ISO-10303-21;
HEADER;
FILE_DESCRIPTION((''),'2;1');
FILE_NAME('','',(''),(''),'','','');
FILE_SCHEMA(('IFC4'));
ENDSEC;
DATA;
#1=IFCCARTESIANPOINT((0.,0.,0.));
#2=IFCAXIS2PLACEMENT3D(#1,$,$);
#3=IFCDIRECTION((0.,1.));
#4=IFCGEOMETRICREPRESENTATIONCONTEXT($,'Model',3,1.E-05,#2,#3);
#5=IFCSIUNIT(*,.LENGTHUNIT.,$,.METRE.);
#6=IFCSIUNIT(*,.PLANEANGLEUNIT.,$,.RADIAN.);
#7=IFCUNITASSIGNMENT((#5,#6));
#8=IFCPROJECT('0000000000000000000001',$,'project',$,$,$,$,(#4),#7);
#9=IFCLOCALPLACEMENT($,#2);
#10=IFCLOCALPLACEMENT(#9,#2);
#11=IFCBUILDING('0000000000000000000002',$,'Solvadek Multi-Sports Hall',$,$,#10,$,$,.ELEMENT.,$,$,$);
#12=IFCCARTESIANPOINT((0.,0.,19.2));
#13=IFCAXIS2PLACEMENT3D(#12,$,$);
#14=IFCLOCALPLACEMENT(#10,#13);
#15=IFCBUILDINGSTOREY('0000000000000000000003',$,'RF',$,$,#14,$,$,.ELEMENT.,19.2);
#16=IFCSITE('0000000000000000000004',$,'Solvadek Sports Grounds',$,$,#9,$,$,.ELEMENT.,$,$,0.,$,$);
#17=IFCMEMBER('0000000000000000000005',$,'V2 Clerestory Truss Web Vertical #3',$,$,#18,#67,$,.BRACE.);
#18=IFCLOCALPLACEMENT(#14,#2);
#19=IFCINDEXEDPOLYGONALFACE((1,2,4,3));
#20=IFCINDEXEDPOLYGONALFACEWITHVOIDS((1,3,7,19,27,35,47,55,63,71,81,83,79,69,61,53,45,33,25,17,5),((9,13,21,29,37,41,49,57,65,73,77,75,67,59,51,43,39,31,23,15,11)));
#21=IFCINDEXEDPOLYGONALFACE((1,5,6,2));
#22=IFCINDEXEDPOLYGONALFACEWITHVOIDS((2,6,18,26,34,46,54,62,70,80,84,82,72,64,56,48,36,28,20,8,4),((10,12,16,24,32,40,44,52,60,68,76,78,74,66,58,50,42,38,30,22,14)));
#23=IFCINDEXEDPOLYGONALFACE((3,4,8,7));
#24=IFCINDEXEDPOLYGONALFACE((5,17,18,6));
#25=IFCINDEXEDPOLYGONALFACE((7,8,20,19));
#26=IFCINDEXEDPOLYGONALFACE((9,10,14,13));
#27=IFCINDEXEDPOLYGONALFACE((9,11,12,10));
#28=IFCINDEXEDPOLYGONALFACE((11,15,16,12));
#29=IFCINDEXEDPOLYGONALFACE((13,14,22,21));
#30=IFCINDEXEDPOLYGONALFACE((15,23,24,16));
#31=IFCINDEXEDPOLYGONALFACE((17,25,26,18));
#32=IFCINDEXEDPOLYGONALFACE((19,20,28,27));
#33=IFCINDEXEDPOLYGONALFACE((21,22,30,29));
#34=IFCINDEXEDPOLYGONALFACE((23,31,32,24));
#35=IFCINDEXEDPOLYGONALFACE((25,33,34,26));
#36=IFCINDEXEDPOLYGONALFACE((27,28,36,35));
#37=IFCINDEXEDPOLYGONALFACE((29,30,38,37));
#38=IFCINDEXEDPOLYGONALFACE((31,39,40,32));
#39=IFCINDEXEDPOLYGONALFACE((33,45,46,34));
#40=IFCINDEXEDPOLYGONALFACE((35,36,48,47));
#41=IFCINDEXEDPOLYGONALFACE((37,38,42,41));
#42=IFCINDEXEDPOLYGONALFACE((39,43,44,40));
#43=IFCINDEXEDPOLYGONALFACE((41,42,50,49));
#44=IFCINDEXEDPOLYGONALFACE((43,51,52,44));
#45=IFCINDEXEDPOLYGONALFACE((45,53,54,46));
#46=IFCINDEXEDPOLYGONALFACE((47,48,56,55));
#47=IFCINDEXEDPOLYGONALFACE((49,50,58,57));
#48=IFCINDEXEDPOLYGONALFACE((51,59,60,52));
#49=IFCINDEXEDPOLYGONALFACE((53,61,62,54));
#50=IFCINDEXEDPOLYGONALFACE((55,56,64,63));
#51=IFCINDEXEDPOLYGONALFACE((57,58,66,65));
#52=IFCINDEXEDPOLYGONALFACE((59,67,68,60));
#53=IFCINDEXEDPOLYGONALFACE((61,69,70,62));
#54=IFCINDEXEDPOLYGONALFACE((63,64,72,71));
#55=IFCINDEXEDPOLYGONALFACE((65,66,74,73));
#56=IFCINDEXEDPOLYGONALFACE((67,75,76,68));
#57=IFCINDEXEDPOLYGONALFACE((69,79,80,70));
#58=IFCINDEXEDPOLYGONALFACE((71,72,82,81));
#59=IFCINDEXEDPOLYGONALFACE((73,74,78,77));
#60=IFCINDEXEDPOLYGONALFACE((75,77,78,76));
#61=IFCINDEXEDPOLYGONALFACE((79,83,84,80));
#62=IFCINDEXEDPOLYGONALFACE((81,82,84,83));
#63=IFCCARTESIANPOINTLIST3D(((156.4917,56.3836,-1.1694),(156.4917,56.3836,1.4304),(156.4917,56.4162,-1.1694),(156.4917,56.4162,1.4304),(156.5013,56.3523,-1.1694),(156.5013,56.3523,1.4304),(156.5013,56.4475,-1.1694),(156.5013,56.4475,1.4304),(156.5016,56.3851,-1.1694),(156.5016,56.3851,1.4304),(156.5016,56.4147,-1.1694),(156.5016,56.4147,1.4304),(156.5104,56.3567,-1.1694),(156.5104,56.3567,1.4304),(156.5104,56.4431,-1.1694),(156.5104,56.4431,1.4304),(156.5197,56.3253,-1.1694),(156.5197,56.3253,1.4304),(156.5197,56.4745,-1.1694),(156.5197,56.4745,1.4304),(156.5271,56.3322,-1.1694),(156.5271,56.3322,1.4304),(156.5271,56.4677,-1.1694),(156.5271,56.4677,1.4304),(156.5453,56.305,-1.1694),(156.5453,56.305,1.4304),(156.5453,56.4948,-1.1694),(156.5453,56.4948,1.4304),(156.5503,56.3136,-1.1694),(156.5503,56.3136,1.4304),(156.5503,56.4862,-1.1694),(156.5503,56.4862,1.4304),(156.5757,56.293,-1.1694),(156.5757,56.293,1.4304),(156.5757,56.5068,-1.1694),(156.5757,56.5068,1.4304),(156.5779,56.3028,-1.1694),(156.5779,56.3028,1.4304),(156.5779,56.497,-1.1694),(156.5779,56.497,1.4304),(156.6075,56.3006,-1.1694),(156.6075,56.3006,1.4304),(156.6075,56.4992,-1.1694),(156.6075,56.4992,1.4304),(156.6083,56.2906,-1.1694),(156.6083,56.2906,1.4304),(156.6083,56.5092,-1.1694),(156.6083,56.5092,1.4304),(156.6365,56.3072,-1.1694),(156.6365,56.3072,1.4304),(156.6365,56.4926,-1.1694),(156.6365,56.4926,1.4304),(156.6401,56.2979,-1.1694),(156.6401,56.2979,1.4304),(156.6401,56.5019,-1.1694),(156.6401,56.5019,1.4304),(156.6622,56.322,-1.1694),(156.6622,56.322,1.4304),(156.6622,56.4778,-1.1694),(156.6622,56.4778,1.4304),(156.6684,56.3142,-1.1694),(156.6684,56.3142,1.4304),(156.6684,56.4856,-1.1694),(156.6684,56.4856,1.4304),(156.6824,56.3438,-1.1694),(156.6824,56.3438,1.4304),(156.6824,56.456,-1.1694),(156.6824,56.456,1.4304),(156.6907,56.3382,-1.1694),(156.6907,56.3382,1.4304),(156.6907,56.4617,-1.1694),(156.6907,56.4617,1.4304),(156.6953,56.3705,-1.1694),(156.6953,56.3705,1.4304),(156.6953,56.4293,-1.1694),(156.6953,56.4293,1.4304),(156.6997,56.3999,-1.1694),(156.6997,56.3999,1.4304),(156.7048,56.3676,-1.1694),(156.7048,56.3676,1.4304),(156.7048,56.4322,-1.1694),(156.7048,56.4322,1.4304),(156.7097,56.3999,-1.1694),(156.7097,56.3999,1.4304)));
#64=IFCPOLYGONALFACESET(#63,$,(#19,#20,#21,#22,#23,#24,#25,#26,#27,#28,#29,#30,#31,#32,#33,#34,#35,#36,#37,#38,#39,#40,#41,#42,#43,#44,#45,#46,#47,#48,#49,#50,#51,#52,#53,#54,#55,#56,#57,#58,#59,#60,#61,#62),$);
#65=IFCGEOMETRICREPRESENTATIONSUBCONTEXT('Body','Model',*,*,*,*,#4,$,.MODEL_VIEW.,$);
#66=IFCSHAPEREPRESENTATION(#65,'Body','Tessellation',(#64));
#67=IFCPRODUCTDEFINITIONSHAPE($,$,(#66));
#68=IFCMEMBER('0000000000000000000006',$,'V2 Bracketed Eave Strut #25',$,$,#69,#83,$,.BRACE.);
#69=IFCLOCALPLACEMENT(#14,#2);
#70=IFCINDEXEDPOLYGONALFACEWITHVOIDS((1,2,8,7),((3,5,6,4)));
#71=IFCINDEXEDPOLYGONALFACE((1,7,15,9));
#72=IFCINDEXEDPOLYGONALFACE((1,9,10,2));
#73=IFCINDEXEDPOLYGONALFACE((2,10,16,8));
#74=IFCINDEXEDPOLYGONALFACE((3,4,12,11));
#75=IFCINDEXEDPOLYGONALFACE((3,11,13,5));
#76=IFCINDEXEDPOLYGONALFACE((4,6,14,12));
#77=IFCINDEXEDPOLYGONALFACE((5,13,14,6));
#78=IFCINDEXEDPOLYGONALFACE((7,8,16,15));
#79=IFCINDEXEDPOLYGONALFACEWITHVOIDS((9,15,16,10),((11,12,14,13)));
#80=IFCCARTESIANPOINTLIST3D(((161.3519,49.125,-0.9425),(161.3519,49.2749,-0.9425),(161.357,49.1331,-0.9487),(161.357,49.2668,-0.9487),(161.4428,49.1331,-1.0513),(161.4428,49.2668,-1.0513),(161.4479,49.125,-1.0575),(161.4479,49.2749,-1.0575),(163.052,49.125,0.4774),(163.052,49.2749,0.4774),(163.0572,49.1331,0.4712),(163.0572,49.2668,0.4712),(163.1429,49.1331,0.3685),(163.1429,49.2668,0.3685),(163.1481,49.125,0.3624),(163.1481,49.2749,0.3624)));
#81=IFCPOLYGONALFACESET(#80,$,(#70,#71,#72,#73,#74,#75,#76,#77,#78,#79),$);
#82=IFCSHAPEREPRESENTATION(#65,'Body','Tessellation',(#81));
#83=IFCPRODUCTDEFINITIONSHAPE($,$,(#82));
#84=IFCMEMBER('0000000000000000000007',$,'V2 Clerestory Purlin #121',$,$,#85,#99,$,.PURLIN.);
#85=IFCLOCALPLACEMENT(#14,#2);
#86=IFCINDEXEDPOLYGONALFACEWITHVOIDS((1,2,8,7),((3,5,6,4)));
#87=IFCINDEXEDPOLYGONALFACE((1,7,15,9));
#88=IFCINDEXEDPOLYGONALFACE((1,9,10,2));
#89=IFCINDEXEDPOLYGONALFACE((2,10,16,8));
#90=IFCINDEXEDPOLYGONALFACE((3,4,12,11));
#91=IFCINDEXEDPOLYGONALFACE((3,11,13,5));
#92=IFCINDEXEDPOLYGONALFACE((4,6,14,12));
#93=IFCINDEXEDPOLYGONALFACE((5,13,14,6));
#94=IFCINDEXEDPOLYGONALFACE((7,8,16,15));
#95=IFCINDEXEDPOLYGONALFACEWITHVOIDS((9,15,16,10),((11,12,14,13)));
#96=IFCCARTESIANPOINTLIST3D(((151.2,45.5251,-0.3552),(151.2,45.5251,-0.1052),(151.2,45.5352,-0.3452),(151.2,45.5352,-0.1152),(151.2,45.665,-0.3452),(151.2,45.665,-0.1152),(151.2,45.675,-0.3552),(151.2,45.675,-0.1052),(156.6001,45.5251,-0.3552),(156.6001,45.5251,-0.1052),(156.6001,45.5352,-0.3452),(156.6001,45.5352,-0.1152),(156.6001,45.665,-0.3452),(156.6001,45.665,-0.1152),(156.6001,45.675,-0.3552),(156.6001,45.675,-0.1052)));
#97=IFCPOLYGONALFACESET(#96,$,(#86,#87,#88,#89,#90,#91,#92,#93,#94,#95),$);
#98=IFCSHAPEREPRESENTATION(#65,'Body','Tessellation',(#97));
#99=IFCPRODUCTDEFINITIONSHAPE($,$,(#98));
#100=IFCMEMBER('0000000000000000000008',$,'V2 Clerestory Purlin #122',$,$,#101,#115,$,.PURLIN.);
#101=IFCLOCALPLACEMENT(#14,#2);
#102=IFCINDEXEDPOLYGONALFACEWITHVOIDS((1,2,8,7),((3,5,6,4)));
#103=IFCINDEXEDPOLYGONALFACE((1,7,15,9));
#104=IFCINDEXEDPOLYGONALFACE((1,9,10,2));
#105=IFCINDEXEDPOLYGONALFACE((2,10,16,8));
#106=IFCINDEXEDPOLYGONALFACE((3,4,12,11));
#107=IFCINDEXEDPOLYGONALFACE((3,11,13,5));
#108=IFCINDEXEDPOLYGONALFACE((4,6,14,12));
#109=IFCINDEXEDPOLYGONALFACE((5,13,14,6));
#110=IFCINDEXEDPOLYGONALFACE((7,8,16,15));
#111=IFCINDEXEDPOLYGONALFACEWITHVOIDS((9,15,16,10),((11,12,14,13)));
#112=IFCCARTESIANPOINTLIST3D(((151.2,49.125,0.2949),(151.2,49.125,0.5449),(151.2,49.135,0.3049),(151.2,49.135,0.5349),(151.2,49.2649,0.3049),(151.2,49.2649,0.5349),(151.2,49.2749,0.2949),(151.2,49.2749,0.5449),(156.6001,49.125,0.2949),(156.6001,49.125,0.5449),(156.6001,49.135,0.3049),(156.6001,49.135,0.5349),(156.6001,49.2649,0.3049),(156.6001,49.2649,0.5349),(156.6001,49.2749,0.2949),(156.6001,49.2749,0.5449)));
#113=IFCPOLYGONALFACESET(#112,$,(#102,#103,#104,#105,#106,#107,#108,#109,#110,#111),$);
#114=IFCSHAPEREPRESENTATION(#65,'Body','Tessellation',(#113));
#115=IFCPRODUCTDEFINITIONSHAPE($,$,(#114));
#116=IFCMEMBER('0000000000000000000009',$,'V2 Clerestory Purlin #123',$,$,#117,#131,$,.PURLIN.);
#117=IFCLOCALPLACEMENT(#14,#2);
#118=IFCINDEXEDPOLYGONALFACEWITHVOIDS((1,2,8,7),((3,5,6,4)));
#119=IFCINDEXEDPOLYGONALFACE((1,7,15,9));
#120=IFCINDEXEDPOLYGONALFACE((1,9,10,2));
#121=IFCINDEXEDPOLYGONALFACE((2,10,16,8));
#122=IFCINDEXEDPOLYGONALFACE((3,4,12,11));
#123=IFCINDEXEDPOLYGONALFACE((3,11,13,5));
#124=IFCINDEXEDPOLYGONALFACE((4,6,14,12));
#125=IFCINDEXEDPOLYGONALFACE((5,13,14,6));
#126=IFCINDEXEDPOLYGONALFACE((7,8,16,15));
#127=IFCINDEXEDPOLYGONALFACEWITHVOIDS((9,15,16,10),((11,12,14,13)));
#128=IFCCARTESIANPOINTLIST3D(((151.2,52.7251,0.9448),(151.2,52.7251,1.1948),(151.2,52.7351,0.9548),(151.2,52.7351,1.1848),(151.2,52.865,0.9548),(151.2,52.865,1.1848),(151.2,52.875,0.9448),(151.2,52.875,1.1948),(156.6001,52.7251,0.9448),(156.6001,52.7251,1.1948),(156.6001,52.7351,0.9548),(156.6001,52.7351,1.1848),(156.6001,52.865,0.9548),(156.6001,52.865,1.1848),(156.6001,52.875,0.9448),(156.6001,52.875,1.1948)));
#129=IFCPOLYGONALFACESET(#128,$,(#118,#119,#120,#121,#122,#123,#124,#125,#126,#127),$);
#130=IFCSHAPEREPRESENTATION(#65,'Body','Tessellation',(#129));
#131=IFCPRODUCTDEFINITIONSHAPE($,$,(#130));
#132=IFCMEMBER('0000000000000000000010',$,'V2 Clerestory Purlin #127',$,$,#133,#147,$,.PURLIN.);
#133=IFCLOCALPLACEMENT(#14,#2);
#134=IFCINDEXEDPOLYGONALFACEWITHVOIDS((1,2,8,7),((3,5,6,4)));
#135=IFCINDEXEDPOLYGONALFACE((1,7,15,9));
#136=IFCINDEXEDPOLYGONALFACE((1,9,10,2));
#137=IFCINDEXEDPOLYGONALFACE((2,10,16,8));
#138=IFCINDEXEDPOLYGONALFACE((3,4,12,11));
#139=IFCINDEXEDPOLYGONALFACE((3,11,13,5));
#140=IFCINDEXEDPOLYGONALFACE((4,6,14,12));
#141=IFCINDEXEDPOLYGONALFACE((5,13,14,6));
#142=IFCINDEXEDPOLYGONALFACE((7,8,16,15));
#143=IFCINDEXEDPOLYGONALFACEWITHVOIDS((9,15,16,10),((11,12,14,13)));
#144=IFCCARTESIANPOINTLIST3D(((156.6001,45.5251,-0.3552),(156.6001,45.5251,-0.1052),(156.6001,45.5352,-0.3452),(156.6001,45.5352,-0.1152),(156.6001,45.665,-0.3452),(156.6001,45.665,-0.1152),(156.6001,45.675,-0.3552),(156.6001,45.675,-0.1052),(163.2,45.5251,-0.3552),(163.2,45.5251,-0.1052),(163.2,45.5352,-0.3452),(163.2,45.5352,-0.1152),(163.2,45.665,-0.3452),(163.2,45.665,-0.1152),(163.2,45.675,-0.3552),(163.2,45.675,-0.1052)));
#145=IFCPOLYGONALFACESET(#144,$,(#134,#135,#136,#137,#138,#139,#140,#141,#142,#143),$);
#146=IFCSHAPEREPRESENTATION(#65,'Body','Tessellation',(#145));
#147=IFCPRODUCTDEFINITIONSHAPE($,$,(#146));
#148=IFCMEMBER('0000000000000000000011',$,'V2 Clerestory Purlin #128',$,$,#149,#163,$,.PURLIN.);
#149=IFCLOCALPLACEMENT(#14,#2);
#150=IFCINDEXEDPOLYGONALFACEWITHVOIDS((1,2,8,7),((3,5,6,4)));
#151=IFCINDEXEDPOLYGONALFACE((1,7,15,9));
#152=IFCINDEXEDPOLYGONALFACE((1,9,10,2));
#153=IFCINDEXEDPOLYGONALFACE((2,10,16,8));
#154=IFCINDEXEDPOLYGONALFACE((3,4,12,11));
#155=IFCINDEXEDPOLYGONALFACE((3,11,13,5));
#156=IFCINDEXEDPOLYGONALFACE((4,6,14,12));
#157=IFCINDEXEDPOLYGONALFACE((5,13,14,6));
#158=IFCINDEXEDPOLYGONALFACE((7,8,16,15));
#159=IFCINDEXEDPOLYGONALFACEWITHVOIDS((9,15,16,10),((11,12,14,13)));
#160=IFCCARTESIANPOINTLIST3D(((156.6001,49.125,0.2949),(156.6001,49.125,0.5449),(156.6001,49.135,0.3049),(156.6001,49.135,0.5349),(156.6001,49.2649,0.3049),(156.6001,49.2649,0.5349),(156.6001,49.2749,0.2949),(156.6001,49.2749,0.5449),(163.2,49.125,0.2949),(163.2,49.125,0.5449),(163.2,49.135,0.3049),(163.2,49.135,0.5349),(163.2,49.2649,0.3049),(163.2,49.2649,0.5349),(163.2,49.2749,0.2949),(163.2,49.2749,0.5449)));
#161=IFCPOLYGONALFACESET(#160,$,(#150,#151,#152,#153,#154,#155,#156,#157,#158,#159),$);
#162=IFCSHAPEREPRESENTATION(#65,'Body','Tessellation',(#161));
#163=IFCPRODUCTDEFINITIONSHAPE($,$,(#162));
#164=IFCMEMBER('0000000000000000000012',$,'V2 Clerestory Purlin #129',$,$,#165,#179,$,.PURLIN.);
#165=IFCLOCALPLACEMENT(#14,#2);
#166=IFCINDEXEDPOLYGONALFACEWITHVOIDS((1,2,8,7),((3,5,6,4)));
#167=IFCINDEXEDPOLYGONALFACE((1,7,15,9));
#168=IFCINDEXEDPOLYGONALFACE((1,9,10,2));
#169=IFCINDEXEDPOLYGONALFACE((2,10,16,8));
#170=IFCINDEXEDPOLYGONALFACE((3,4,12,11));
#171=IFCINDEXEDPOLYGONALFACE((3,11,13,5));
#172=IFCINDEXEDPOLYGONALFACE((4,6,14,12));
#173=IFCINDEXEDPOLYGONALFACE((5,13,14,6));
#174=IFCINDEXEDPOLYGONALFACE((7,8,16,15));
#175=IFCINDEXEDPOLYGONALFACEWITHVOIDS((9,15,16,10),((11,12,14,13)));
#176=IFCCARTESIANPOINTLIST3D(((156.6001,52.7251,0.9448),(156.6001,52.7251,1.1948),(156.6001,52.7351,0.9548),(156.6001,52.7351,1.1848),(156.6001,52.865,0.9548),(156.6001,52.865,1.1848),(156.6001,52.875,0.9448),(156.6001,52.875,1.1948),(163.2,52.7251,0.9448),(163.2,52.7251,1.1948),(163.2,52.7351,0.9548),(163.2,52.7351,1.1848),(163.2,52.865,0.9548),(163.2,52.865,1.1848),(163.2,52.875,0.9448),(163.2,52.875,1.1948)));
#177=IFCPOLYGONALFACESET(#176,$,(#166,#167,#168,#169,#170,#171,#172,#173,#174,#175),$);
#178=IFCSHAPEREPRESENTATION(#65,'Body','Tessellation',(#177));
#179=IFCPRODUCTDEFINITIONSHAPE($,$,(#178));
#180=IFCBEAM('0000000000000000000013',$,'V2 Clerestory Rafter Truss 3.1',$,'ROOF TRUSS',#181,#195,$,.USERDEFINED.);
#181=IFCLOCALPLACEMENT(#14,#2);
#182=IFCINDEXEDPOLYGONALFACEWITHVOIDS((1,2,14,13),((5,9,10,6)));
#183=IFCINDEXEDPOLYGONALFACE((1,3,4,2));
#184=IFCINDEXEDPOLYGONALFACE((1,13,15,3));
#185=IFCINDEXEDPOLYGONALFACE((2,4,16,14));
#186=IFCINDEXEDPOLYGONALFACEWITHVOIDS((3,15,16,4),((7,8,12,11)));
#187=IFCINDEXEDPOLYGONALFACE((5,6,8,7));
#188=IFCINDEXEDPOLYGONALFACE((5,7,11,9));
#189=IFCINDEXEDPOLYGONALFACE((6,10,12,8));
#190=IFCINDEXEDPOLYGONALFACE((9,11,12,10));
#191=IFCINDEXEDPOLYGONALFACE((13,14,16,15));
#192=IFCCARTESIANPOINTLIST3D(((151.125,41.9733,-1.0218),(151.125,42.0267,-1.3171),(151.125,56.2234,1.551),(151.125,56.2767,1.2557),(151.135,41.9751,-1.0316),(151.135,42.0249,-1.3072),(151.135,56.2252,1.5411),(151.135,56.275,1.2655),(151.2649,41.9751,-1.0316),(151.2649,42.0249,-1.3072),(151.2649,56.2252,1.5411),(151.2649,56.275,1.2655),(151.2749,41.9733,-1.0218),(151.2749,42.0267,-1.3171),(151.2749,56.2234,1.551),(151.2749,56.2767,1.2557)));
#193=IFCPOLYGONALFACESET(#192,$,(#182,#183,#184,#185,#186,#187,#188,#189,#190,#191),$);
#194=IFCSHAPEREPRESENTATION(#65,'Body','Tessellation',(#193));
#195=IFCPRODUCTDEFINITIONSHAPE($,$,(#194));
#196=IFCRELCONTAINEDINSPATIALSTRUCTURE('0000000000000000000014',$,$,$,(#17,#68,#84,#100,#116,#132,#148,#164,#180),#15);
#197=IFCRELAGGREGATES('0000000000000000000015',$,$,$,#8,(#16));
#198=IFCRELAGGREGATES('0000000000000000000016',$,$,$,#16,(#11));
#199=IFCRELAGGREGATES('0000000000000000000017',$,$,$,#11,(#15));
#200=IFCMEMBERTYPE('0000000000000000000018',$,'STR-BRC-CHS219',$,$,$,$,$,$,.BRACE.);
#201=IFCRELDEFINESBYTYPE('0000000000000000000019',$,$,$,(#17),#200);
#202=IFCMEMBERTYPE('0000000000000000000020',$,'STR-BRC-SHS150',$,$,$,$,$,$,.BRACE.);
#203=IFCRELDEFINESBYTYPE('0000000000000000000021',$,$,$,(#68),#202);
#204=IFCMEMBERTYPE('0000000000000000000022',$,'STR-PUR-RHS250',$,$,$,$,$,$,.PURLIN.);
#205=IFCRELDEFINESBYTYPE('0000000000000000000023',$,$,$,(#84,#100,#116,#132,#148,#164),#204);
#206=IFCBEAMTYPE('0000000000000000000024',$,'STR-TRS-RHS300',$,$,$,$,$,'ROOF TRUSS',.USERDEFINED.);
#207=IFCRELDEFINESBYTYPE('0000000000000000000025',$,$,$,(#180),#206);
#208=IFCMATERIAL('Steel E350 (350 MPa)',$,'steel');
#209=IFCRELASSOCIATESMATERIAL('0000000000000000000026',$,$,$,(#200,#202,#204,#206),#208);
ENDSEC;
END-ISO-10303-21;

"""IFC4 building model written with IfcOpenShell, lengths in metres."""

from ifc_helpers import new_model, si_unit, direction, frame, origin, origin_2d, place, context, subcontext, project, spatial, hollow_rectangle, hollow_circle, extrude, material, material_profile, profile_set, type_object, element, save


model = new_model("IFC4")

# Units and contexts
model_context = context("Model", 3, precision=1e-05, world=origin(), true_north=direction((0.0, 1.0)))
body_context = subcontext(model_context, "Body", "Model", "MODEL_VIEW")
ifc_project = project(units=[si_unit("LENGTHUNIT", "METRE"), si_unit("PLANEANGLEUNIT", "RADIAN")], contexts=[model_context])

# Site, building, storey
site_placement = place(None, origin())
site = spatial("IfcSite", under=ifc_project, at=site_placement, Name="Solvadek Sports Grounds", CompositionType="ELEMENT", RefElevation=0.0)
building_placement = place(site_placement, origin())
building = spatial("IfcBuilding", under=site, at=building_placement, Name="Solvadek Multi-Sports Hall", CompositionType="ELEMENT")
storey_placement = place(building_placement, frame((0.0, 0.0, 19.2)))
storey = spatial("IfcBuildingStorey", under=building, at=storey_placement, Name="RF", CompositionType="ELEMENT", Elevation=19.2)

# Members
ifc_material_1 = material(Name="Steel E350 (350 MPa)", Category="steel")
ifc_material_profile_1 = material_profile(ifc_material_1, hollow_circle(Radius=0.1096, WallThickness=0.01, at=origin_2d()), Name="CHS 219.1x10")
ifc_profile_set_1 = profile_set([ifc_material_profile_1], Name="Steel E350 (350 MPa)")
member_type_1 = type_object("IfcMemberType", Name="STR-BRC-CHS219", PredefinedType="BRACE", material=ifc_profile_set_1)
member_1_placement = place(storey_placement, frame((156.6001, 56.3999, -1.1694), z_axis=(0.0, 0.0, 1.0), x_axis=(1.0, 0.0, 0.0)))
element("IfcMember", 1, at=member_1_placement, inside=storey, type_object=member_type_1, Name="V2 Clerestory Truss Web Vertical #3", PredefinedType="BRACE", context=body_context, shape_type="SweptSolid", body=[
    extrude(hollow_circle(Radius=0.1096, WallThickness=0.01, at=origin_2d()), origin(), (0.0, 0.0, 1.0), 2.5999),
])
ifc_material_profile_2 = material_profile(ifc_material_1, hollow_rectangle(XDim=0.1499, YDim=0.1499, WallThickness=0.0081, at=origin_2d()), Name="SHS 150x150x8")
ifc_profile_set_2 = profile_set([ifc_material_profile_2], Name="Steel E350 (350 MPa)")
member_type_2 = type_object("IfcMemberType", Name="STR-BRC-SHS150", PredefinedType="BRACE", material=ifc_profile_set_2)
member_2_placement = place(storey_placement, frame((161.3999, 49.2, -1.0), z_axis=(0.767534, 0.0, 0.641008), x_axis=(0.0, 1.0, 0.0)))
element("IfcMember", 2, at=member_2_placement, inside=storey, type_object=member_type_2, Name="V2 Bracketed Eave Strut #25", PredefinedType="BRACE", context=body_context, shape_type="SweptSolid", body=[
    extrude(hollow_rectangle(XDim=0.1499, YDim=0.1499, WallThickness=0.0081, at=origin_2d()), origin(), (0.0, 0.0, 1.0), 2.2151),
])
ifc_material_profile_3 = material_profile(ifc_material_1, hollow_rectangle(XDim=0.1499, YDim=0.25, WallThickness=0.01, at=origin_2d()), Name="RHS 250x150x10")
ifc_profile_set_3 = profile_set([ifc_material_profile_3], Name="Steel E350 (350 MPa)")
member_type_3 = type_object("IfcMemberType", Name="STR-PUR-RHS250", PredefinedType="PURLIN", material=ifc_profile_set_3)
for number, where, z_axis, x_axis, name in (
    (3, (151.2, 45.6001, -0.2302), (1.0, 0.0, 0.0), (0.0, 1.0, 0.0), "V2 Clerestory Purlin #121"),
    (4, (151.2, 49.2, 0.4199), (1.0, 0.0, 0.0), (0.0, 1.0, 0.0), "V2 Clerestory Purlin #122"),
    (5, (151.2, 52.8, 1.0698), (1.0, 0.0, 0.0), (0.0, 1.0, 0.0), "V2 Clerestory Purlin #123"),
):
    element("IfcMember", number, at=place(storey_placement, frame(where, z_axis=z_axis, x_axis=x_axis)), inside=storey, type_object=member_type_3, Name=name, PredefinedType="PURLIN", context=body_context, shape_type="SweptSolid", body=[
        extrude(hollow_rectangle(XDim=0.1499, YDim=0.25, WallThickness=0.01, at=origin_2d()), origin(), (0.0, 0.0, 1.0), 5.4001),
    ])
for number, where, z_axis, x_axis, name in (
    (6, (156.6001, 45.6001, -0.2302), (1.0, 0.0, 0.0), (0.0, 1.0, 0.0), "V2 Clerestory Purlin #127"),
    (7, (156.6001, 49.2, 0.4199), (1.0, 0.0, 0.0), (0.0, 1.0, 0.0), "V2 Clerestory Purlin #128"),
    (8, (156.6001, 52.8, 1.0698), (1.0, 0.0, 0.0), (0.0, 1.0, 0.0), "V2 Clerestory Purlin #129"),
):
    element("IfcMember", number, at=place(storey_placement, frame(where, z_axis=z_axis, x_axis=x_axis)), inside=storey, type_object=member_type_3, Name=name, PredefinedType="PURLIN", context=body_context, shape_type="SweptSolid", body=[
        extrude(hollow_rectangle(XDim=0.1499, YDim=0.25, WallThickness=0.01, at=origin_2d()), origin(), (0.0, 0.0, 1.0), 6.5999),
    ])

# Beam
ifc_material_profile_4 = material_profile(ifc_material_1, hollow_rectangle(XDim=0.1499, YDim=0.3, WallThickness=0.01, at=origin_2d()), Name="RHS 300x150x10")
ifc_profile_set_4 = profile_set([ifc_material_profile_4], Name="Steel E350 (350 MPa)")
beam_type = type_object("IfcBeamType", Name="STR-TRS-RHS300", ElementType="ROOF TRUSS", PredefinedType="USERDEFINED", material=ifc_profile_set_4)
for number, where, z_axis, x_axis, name in (
    (9, (151.2, 42.0, -1.1694), (0.0, 0.98409, 0.177672), (-1.0, 0.0, 0.0), "V2 Clerestory Rafter Truss 3.1"),
):
    element("IfcBeam", number, at=place(storey_placement, frame(where, z_axis=z_axis, x_axis=x_axis)), inside=storey, type_object=beam_type, Name=name, ObjectType="ROOF TRUSS", PredefinedType="USERDEFINED", context=body_context, shape_type="SweptSolid", body=[
        extrude(hollow_rectangle(XDim=0.1499, YDim=0.3, WallThickness=0.01, at=origin_2d()), origin(), (0.0, 0.0, 1.0), 14.4805),
    ])

save(model, "model.ifc")
